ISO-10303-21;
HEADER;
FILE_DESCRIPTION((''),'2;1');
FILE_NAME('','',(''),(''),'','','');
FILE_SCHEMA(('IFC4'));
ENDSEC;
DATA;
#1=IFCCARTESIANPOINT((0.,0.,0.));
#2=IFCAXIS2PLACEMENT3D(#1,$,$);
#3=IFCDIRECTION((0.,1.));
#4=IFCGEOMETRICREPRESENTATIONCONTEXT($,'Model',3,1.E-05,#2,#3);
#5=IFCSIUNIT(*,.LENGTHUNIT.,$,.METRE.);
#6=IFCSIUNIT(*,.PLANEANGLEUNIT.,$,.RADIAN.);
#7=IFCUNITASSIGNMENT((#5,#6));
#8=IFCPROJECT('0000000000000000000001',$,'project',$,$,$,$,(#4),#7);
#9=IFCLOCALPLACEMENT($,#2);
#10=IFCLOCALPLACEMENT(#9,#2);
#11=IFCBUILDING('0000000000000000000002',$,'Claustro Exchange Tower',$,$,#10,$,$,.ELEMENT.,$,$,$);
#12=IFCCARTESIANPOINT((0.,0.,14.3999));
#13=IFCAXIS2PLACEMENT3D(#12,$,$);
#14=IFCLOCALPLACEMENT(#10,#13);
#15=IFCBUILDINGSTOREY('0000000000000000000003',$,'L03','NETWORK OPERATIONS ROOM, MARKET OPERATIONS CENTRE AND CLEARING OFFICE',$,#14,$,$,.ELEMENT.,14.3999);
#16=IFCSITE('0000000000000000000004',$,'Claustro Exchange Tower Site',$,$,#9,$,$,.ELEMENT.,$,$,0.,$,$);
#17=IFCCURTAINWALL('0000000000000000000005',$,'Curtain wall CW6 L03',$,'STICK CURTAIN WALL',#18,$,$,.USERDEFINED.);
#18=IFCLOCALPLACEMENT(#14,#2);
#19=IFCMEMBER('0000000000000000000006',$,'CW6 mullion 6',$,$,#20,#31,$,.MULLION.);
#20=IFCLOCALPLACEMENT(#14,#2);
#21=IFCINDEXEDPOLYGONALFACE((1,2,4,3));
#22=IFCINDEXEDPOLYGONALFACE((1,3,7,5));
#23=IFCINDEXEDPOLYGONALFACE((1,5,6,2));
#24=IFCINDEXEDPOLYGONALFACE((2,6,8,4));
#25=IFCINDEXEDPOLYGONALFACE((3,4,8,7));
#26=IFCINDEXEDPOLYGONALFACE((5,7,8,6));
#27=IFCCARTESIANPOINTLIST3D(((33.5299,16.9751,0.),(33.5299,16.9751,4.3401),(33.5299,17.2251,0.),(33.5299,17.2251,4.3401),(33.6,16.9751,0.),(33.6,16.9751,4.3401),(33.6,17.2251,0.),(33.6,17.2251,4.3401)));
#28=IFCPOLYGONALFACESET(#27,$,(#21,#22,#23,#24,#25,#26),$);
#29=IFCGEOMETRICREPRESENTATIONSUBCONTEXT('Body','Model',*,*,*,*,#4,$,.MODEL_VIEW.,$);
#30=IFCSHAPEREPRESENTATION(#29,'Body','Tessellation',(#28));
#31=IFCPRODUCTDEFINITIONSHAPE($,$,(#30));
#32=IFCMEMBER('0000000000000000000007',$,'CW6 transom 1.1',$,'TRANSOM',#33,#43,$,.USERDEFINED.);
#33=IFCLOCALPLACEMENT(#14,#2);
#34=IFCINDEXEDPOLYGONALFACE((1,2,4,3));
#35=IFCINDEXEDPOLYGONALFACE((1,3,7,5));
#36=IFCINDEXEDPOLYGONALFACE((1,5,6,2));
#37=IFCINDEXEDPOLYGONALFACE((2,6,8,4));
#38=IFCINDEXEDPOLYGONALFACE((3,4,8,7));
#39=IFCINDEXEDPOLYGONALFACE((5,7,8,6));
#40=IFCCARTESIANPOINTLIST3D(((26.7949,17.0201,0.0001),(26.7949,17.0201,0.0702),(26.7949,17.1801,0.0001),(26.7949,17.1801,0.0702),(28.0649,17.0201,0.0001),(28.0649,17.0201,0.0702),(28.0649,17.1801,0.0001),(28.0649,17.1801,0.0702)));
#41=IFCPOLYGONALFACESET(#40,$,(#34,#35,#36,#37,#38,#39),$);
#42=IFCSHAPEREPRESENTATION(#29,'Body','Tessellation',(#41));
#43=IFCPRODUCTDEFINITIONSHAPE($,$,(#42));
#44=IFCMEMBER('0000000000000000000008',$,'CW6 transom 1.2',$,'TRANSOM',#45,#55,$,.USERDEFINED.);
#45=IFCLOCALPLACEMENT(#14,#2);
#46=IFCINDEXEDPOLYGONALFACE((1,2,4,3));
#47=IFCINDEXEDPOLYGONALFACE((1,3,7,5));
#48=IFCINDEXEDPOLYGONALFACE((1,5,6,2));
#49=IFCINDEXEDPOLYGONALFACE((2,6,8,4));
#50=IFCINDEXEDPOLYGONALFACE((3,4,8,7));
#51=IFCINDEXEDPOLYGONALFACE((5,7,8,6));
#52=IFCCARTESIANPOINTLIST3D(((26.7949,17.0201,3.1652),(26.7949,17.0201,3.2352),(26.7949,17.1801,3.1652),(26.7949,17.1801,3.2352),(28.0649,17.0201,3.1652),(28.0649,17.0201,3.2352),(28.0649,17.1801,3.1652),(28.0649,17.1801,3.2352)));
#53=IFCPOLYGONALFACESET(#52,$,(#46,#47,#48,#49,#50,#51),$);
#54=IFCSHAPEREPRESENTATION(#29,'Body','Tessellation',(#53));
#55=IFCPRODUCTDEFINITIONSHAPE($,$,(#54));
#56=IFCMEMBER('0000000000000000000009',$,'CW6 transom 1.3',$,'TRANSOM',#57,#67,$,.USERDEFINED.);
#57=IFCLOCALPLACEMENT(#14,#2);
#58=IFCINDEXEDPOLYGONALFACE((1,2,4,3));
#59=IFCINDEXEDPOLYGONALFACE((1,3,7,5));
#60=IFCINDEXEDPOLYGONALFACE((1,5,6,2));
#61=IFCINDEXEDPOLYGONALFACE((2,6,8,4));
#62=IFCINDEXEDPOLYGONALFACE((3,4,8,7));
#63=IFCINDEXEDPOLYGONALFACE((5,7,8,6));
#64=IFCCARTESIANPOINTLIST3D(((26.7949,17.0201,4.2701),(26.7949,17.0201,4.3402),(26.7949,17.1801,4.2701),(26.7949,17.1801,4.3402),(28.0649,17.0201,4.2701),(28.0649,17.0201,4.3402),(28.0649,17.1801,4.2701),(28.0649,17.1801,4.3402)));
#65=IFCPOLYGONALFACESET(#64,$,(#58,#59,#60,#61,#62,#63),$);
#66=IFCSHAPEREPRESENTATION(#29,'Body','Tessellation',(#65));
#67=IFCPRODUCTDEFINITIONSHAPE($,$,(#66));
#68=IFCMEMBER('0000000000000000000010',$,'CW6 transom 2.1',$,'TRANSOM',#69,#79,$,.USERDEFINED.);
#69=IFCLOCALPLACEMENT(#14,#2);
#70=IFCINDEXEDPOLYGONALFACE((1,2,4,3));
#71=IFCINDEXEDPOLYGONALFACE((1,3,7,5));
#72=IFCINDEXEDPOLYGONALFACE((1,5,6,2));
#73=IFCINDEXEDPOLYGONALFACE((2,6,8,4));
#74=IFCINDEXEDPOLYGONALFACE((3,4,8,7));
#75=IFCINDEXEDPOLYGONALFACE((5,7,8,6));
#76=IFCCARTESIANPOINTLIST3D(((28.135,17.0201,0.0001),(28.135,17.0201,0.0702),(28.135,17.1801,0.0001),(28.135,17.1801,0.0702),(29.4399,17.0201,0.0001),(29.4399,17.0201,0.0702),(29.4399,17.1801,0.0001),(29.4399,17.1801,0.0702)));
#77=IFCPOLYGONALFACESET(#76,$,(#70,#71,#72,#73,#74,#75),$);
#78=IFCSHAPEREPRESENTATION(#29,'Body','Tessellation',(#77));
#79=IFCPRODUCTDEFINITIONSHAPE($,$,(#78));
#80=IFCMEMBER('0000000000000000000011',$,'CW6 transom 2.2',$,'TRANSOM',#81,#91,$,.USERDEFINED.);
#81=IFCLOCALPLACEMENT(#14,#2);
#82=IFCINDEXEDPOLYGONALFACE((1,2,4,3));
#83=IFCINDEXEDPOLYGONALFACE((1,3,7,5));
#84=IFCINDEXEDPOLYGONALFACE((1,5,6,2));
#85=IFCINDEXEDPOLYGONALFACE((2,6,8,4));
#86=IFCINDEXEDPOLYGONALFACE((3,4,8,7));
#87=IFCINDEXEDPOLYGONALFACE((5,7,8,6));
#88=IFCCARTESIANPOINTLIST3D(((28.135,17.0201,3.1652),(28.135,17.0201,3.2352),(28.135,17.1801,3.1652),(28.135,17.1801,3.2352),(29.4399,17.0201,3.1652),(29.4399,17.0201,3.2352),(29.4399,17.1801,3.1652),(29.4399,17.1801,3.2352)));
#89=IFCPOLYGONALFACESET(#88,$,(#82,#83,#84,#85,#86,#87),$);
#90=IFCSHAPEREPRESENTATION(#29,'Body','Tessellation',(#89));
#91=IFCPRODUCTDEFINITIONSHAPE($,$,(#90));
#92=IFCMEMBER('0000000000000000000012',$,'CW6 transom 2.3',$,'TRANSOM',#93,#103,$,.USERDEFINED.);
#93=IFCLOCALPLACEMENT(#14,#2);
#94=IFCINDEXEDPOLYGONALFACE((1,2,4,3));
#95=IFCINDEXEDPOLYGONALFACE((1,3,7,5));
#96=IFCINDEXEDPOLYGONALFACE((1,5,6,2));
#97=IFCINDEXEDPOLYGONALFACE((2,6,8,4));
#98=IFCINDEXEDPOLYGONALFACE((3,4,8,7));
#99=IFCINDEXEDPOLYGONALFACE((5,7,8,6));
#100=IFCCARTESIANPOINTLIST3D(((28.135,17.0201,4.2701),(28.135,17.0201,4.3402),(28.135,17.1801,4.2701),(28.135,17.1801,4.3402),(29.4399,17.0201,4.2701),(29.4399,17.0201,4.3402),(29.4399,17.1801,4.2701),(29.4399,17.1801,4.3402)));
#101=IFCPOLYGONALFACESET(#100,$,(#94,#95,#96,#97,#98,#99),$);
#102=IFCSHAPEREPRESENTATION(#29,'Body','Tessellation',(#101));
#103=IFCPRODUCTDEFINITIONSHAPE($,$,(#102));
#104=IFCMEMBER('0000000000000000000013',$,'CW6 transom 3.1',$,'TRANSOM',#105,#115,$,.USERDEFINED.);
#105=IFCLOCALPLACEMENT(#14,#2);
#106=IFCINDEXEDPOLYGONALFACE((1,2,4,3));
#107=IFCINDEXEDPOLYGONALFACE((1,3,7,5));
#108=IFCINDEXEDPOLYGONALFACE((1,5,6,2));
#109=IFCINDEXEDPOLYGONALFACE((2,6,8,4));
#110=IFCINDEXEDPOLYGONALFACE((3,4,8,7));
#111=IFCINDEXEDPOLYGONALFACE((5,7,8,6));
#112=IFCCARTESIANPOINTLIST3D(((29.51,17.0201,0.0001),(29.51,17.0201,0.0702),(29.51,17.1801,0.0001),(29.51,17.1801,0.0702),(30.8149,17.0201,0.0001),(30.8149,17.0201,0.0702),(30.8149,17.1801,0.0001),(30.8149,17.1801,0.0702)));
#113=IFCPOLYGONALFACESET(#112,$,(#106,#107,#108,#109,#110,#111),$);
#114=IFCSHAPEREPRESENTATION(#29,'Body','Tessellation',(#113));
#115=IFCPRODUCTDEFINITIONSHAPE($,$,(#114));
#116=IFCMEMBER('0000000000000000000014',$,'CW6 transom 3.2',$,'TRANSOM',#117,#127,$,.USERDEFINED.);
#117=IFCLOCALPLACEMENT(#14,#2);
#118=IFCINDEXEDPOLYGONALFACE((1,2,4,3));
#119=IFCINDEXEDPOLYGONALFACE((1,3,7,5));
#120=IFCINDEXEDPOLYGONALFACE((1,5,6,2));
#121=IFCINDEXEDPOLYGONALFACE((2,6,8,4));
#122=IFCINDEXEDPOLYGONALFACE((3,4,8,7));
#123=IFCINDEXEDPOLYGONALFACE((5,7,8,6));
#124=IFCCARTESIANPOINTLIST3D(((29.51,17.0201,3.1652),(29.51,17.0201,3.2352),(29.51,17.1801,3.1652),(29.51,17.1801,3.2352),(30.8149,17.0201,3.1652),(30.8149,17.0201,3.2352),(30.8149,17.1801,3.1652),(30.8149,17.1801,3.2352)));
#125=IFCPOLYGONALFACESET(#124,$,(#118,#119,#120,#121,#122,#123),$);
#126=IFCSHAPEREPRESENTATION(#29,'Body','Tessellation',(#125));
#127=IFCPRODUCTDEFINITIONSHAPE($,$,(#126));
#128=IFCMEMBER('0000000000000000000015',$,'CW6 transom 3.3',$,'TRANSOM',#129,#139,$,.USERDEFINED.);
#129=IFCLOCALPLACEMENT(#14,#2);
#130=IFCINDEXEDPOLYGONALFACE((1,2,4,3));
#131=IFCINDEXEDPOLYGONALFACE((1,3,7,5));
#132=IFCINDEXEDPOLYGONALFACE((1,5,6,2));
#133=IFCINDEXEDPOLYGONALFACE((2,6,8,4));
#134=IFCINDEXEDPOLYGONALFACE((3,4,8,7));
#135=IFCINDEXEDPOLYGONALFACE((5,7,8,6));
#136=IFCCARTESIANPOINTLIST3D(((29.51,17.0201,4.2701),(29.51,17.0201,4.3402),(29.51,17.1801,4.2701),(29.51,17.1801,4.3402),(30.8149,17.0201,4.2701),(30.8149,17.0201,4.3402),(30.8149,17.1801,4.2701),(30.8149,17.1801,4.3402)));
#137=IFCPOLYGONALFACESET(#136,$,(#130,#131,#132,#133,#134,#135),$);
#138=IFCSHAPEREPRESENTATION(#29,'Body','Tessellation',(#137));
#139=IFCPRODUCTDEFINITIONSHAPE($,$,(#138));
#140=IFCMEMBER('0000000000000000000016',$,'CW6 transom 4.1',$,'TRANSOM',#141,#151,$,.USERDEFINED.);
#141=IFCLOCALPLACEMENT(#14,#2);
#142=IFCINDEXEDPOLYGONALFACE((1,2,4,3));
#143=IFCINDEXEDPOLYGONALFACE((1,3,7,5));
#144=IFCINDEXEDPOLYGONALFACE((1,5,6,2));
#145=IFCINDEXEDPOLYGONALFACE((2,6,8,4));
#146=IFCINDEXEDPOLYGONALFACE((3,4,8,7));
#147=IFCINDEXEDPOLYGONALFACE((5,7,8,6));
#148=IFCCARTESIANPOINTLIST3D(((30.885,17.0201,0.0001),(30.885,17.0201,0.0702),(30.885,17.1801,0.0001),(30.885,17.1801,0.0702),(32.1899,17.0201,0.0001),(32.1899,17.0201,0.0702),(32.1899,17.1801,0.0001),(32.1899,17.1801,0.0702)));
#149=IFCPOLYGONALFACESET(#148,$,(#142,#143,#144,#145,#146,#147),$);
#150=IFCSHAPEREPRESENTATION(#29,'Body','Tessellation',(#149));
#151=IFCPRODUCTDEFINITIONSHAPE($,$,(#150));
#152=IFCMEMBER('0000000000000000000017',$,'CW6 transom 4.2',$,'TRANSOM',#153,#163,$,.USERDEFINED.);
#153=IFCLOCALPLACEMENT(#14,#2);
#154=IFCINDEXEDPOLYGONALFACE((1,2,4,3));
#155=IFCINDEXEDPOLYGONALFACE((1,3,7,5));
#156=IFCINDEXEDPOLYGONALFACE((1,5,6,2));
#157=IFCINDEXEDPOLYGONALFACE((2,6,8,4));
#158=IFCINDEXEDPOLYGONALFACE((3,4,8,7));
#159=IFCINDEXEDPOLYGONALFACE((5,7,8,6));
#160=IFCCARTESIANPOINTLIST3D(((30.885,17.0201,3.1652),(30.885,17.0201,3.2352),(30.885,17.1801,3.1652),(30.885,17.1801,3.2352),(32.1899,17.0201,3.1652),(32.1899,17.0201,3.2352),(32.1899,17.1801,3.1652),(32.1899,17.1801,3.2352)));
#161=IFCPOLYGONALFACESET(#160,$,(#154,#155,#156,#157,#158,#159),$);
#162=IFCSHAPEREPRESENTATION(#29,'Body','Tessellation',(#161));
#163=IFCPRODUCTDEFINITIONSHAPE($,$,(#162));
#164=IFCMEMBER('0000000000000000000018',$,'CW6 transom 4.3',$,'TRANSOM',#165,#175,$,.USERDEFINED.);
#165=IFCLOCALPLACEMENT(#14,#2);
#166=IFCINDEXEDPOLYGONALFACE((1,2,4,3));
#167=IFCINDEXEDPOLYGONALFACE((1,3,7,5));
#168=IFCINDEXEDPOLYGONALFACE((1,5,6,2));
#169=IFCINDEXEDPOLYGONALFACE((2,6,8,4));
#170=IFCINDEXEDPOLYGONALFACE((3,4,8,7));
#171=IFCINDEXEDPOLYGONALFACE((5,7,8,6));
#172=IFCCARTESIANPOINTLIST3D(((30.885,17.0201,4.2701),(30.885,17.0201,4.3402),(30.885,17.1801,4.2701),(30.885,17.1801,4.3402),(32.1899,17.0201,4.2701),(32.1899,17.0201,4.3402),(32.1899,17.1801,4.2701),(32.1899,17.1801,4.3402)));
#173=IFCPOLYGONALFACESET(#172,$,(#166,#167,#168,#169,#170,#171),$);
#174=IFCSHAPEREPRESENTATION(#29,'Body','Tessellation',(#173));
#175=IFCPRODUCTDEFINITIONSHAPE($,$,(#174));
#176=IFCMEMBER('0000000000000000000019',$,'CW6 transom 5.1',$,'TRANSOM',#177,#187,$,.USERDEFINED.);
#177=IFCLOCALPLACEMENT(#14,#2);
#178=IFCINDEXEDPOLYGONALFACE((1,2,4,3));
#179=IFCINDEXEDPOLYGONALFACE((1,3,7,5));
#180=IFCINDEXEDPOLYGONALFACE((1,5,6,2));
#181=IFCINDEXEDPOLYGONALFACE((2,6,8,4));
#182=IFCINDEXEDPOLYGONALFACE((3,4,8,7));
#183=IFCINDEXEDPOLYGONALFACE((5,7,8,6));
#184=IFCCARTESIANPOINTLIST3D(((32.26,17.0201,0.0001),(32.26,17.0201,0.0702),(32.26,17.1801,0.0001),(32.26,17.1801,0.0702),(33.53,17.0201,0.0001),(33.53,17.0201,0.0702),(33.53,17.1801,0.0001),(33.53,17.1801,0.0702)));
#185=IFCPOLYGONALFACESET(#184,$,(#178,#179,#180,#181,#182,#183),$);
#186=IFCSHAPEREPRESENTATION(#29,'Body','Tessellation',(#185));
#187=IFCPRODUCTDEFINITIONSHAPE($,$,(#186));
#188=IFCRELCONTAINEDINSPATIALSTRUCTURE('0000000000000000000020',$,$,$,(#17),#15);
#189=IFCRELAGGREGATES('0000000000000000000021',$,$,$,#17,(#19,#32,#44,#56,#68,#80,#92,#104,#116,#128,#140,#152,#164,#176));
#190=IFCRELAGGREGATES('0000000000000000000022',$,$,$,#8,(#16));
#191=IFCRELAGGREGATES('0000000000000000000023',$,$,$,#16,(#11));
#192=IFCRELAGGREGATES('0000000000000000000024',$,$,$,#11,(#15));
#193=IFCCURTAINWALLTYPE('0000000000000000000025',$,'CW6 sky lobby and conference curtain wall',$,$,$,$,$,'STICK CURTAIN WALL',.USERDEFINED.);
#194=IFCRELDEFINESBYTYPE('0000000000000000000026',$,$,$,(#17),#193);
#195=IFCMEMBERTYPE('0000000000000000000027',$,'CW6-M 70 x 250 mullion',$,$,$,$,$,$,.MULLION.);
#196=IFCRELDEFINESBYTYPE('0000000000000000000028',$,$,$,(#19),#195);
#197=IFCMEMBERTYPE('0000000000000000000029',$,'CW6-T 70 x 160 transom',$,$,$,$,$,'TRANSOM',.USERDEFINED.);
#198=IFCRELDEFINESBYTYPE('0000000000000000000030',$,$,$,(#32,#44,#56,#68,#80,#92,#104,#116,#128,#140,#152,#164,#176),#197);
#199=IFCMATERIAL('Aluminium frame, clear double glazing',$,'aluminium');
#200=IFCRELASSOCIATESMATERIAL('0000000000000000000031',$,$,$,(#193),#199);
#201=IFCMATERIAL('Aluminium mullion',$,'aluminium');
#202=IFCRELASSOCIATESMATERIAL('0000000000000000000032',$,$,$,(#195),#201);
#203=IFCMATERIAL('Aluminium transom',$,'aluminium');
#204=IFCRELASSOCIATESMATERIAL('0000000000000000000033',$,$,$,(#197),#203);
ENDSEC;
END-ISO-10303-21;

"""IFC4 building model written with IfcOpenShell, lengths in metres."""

from ifc_helpers import new_model, si_unit, direction, frame, origin, origin_2d, place, context, subcontext, project, spatial, rectangle, extrude, material, material_profile, profile_set, type_object, element, aggregate, save


model = new_model("IFC4")

# Units and contexts
model_context = context("Model", 3, precision=1e-05, world=origin(), true_north=direction((0.0, 1.0)))
body_context = subcontext(model_context, "Body", "Model", "MODEL_VIEW")
ifc_project = project(units=[si_unit("LENGTHUNIT", "METRE"), si_unit("PLANEANGLEUNIT", "RADIAN")], contexts=[model_context])

# Site, building, storey
site_placement = place(None, origin())
site = spatial("IfcSite", under=ifc_project, at=site_placement, Name="Claustro Exchange Tower Site", CompositionType="ELEMENT", RefElevation=0.0)
building_placement = place(site_placement, origin())
building = spatial("IfcBuilding", under=site, at=building_placement, Name="Claustro Exchange Tower", CompositionType="ELEMENT")
storey_placement = place(building_placement, frame((0.0, 0.0, 14.3999)))
storey = spatial("IfcBuildingStorey", under=building, at=storey_placement, Name="L03", Description="NETWORK OPERATIONS ROOM, MARKET OPERATIONS CENTRE AND CLEARING OFFICE", CompositionType="ELEMENT", Elevation=14.3999)

# Shared definitions
ifc_material_1 = material(Name="Aluminium frame, clear double glazing", Category="aluminium")
curtain_wall_type = type_object("IfcCurtainWallType", Name="CW6 sky lobby and conference curtain wall", ElementType="STICK CURTAIN WALL", PredefinedType="USERDEFINED", material=ifc_material_1)
ifc_material_2 = material(Name="Aluminium mullion", Category="aluminium")
ifc_material_profile_1 = material_profile(ifc_material_2, rectangle(XDim=0.25, YDim=0.0701, at=origin_2d()), Name="CW6-M 70x250")
ifc_profile_set_1 = profile_set([ifc_material_profile_1], Name="Aluminium mullion")
member_type_1 = type_object("IfcMemberType", Name="CW6-M 70 x 250 mullion", PredefinedType="MULLION", material=ifc_profile_set_1)

# Curtain wall, members
curtain_wall_1_placement = place(storey_placement, origin())
curtain_wall_1 = element("IfcCurtainWall", 1, at=curtain_wall_1_placement, inside=storey, type_object=curtain_wall_type, Name="Curtain wall CW6 L03", ObjectType="STICK CURTAIN WALL", PredefinedType="USERDEFINED")
member_1_placement = place(storey_placement, frame((33.5649, 17.1001, 0.0), z_axis=(0.0, 0.0, 1.0), x_axis=(0.0, 1.0, 0.0)))
member_1 = element("IfcMember", 2, at=member_1_placement, type_object=member_type_1, Name="CW6 mullion 6", PredefinedType="MULLION", context=body_context, shape_type="SweptSolid", body=[
    extrude(rectangle(XDim=0.25, YDim=0.0701, at=origin_2d()), origin(), (0.0, 0.0, 1.0), 4.3401),
])
ifc_material_3 = material(Name="Aluminium transom", Category="aluminium")
ifc_material_profile_2 = material_profile(ifc_material_3, rectangle(XDim=0.1599, YDim=0.0701, at=origin_2d()), Name="CW6-T 70x160")
ifc_profile_set_2 = profile_set([ifc_material_profile_2], Name="Aluminium transom")
member_type_2 = type_object("IfcMemberType", Name="CW6-T 70 x 160 transom", ElementType="TRANSOM", PredefinedType="USERDEFINED", material=ifc_profile_set_2)
member_2_placement = place(storey_placement, frame((26.7949, 17.1001, 0.0352), z_axis=(1.0, 0.0, 0.0), x_axis=(0.0, 1.0, 0.0)))
member_2 = element("IfcMember", 3, at=member_2_placement, type_object=member_type_2, Name="CW6 transom 1.1", ObjectType="TRANSOM", PredefinedType="USERDEFINED", context=body_context, shape_type="SweptSolid", body=[
    extrude(rectangle(XDim=0.1599, YDim=0.0701, at=origin_2d()), origin(), (0.0, 0.0, 1.0), 1.27),
])
member_3_placement = place(storey_placement, frame((26.7949, 17.1001, 3.2002), z_axis=(1.0, 0.0, 0.0), x_axis=(0.0, 1.0, 0.0)))
member_3 = element("IfcMember", 4, at=member_3_placement, type_object=member_type_2, Name="CW6 transom 1.2", ObjectType="TRANSOM", PredefinedType="USERDEFINED", context=body_context, shape_type="SweptSolid", body=[
    extrude(rectangle(XDim=0.1599, YDim=0.0701, at=origin_2d()), origin(), (0.0, 0.0, 1.0), 1.27),
])
member_4_placement = place(storey_placement, frame((26.7949, 17.1001, 4.3052), z_axis=(1.0, 0.0, 0.0), x_axis=(0.0, 1.0, 0.0)))
member_4 = element("IfcMember", 5, at=member_4_placement, type_object=member_type_2, Name="CW6 transom 1.3", ObjectType="TRANSOM", PredefinedType="USERDEFINED", context=body_context, shape_type="SweptSolid", body=[
    extrude(rectangle(XDim=0.1599, YDim=0.0701, at=origin_2d()), origin(), (0.0, 0.0, 1.0), 1.27),
])
member_5_placement = place(storey_placement, frame((28.135, 17.1001, 0.0352), z_axis=(1.0, 0.0, 0.0), x_axis=(0.0, 1.0, 0.0)))
member_5 = element("IfcMember", 6, at=member_5_placement, type_object=member_type_2, Name="CW6 transom 2.1", ObjectType="TRANSOM", PredefinedType="USERDEFINED", context=body_context, shape_type="SweptSolid", body=[
    extrude(rectangle(XDim=0.1599, YDim=0.0701, at=origin_2d()), origin(), (0.0, 0.0, 1.0), 1.3049),
])
member_6_placement = place(storey_placement, frame((28.135, 17.1001, 3.2002), z_axis=(1.0, 0.0, 0.0), x_axis=(0.0, 1.0, 0.0)))
member_6 = element("IfcMember", 7, at=member_6_placement, type_object=member_type_2, Name="CW6 transom 2.2", ObjectType="TRANSOM", PredefinedType="USERDEFINED", context=body_context, shape_type="SweptSolid", body=[
    extrude(rectangle(XDim=0.1599, YDim=0.0701, at=origin_2d()), origin(), (0.0, 0.0, 1.0), 1.3049),
])
member_7_placement = place(storey_placement, frame((28.135, 17.1001, 4.3052), z_axis=(1.0, 0.0, 0.0), x_axis=(0.0, 1.0, 0.0)))
member_7 = element("IfcMember", 8, at=member_7_placement, type_object=member_type_2, Name="CW6 transom 2.3", ObjectType="TRANSOM", PredefinedType="USERDEFINED", context=body_context, shape_type="SweptSolid", body=[
    extrude(rectangle(XDim=0.1599, YDim=0.0701, at=origin_2d()), origin(), (0.0, 0.0, 1.0), 1.3049),
])
member_8_placement = place(storey_placement, frame((29.51, 17.1001, 0.0352), z_axis=(1.0, 0.0, 0.0), x_axis=(0.0, 1.0, 0.0)))
member_8 = element("IfcMember", 9, at=member_8_placement, type_object=member_type_2, Name="CW6 transom 3.1", ObjectType="TRANSOM", PredefinedType="USERDEFINED", context=body_context, shape_type="SweptSolid", body=[
    extrude(rectangle(XDim=0.1599, YDim=0.0701, at=origin_2d()), origin(), (0.0, 0.0, 1.0), 1.3049),
])
member_9_placement = place(storey_placement, frame((29.51, 17.1001, 3.2002), z_axis=(1.0, 0.0, 0.0), x_axis=(0.0, 1.0, 0.0)))
member_9 = element("IfcMember", 10, at=member_9_placement, type_object=member_type_2, Name="CW6 transom 3.2", ObjectType="TRANSOM", PredefinedType="USERDEFINED", context=body_context, shape_type="SweptSolid", body=[
    extrude(rectangle(XDim=0.1599, YDim=0.0701, at=origin_2d()), origin(), (0.0, 0.0, 1.0), 1.3049),
])
member_10_placement = place(storey_placement, frame((29.51, 17.1001, 4.3052), z_axis=(1.0, 0.0, 0.0), x_axis=(0.0, 1.0, 0.0)))
member_10 = element("IfcMember", 11, at=member_10_placement, type_object=member_type_2, Name="CW6 transom 3.3", ObjectType="TRANSOM", PredefinedType="USERDEFINED", context=body_context, shape_type="SweptSolid", body=[
    extrude(rectangle(XDim=0.1599, YDim=0.0701, at=origin_2d()), origin(), (0.0, 0.0, 1.0), 1.3049),
])
member_11_placement = place(storey_placement, frame((30.885, 17.1001, 0.0352), z_axis=(1.0, 0.0, 0.0), x_axis=(0.0, 1.0, 0.0)))
member_11 = element("IfcMember", 12, at=member_11_placement, type_object=member_type_2, Name="CW6 transom 4.1", ObjectType="TRANSOM", PredefinedType="USERDEFINED", context=body_context, shape_type="SweptSolid", body=[
    extrude(rectangle(XDim=0.1599, YDim=0.0701, at=origin_2d()), origin(), (0.0, 0.0, 1.0), 1.3049),
])
member_12_placement = place(storey_placement, frame((30.885, 17.1001, 3.2002), z_axis=(1.0, 0.0, 0.0), x_axis=(0.0, 1.0, 0.0)))
member_12 = element("IfcMember", 13, at=member_12_placement, type_object=member_type_2, Name="CW6 transom 4.2", ObjectType="TRANSOM", PredefinedType="USERDEFINED", context=body_context, shape_type="SweptSolid", body=[
    extrude(rectangle(XDim=0.1599, YDim=0.0701, at=origin_2d()), origin(), (0.0, 0.0, 1.0), 1.3049),
])
member_13_placement = place(storey_placement, frame((30.885, 17.1001, 4.3052), z_axis=(1.0, 0.0, 0.0), x_axis=(0.0, 1.0, 0.0)))
member_13 = element("IfcMember", 14, at=member_13_placement, type_object=member_type_2, Name="CW6 transom 4.3", ObjectType="TRANSOM", PredefinedType="USERDEFINED", context=body_context, shape_type="SweptSolid", body=[
    extrude(rectangle(XDim=0.1599, YDim=0.0701, at=origin_2d()), origin(), (0.0, 0.0, 1.0), 1.3049),
])
member_14_placement = place(storey_placement, frame((32.26, 17.1001, 0.0352), z_axis=(1.0, 0.0, 0.0), x_axis=(0.0, 1.0, 0.0)))
member_14 = element("IfcMember", 15, at=member_14_placement, type_object=member_type_2, Name="CW6 transom 5.1", ObjectType="TRANSOM", PredefinedType="USERDEFINED", context=body_context, shape_type="SweptSolid", body=[
    extrude(rectangle(XDim=0.1599, YDim=0.0701, at=origin_2d()), origin(), (0.0, 0.0, 1.0), 1.27),
])

aggregate(curtain_wall_1, [member_1, member_2, member_3, member_4, member_5, member_6, member_7, member_8, member_9, member_10, member_11, member_12, member_13, member_14])

save(model, "model.ifc")
